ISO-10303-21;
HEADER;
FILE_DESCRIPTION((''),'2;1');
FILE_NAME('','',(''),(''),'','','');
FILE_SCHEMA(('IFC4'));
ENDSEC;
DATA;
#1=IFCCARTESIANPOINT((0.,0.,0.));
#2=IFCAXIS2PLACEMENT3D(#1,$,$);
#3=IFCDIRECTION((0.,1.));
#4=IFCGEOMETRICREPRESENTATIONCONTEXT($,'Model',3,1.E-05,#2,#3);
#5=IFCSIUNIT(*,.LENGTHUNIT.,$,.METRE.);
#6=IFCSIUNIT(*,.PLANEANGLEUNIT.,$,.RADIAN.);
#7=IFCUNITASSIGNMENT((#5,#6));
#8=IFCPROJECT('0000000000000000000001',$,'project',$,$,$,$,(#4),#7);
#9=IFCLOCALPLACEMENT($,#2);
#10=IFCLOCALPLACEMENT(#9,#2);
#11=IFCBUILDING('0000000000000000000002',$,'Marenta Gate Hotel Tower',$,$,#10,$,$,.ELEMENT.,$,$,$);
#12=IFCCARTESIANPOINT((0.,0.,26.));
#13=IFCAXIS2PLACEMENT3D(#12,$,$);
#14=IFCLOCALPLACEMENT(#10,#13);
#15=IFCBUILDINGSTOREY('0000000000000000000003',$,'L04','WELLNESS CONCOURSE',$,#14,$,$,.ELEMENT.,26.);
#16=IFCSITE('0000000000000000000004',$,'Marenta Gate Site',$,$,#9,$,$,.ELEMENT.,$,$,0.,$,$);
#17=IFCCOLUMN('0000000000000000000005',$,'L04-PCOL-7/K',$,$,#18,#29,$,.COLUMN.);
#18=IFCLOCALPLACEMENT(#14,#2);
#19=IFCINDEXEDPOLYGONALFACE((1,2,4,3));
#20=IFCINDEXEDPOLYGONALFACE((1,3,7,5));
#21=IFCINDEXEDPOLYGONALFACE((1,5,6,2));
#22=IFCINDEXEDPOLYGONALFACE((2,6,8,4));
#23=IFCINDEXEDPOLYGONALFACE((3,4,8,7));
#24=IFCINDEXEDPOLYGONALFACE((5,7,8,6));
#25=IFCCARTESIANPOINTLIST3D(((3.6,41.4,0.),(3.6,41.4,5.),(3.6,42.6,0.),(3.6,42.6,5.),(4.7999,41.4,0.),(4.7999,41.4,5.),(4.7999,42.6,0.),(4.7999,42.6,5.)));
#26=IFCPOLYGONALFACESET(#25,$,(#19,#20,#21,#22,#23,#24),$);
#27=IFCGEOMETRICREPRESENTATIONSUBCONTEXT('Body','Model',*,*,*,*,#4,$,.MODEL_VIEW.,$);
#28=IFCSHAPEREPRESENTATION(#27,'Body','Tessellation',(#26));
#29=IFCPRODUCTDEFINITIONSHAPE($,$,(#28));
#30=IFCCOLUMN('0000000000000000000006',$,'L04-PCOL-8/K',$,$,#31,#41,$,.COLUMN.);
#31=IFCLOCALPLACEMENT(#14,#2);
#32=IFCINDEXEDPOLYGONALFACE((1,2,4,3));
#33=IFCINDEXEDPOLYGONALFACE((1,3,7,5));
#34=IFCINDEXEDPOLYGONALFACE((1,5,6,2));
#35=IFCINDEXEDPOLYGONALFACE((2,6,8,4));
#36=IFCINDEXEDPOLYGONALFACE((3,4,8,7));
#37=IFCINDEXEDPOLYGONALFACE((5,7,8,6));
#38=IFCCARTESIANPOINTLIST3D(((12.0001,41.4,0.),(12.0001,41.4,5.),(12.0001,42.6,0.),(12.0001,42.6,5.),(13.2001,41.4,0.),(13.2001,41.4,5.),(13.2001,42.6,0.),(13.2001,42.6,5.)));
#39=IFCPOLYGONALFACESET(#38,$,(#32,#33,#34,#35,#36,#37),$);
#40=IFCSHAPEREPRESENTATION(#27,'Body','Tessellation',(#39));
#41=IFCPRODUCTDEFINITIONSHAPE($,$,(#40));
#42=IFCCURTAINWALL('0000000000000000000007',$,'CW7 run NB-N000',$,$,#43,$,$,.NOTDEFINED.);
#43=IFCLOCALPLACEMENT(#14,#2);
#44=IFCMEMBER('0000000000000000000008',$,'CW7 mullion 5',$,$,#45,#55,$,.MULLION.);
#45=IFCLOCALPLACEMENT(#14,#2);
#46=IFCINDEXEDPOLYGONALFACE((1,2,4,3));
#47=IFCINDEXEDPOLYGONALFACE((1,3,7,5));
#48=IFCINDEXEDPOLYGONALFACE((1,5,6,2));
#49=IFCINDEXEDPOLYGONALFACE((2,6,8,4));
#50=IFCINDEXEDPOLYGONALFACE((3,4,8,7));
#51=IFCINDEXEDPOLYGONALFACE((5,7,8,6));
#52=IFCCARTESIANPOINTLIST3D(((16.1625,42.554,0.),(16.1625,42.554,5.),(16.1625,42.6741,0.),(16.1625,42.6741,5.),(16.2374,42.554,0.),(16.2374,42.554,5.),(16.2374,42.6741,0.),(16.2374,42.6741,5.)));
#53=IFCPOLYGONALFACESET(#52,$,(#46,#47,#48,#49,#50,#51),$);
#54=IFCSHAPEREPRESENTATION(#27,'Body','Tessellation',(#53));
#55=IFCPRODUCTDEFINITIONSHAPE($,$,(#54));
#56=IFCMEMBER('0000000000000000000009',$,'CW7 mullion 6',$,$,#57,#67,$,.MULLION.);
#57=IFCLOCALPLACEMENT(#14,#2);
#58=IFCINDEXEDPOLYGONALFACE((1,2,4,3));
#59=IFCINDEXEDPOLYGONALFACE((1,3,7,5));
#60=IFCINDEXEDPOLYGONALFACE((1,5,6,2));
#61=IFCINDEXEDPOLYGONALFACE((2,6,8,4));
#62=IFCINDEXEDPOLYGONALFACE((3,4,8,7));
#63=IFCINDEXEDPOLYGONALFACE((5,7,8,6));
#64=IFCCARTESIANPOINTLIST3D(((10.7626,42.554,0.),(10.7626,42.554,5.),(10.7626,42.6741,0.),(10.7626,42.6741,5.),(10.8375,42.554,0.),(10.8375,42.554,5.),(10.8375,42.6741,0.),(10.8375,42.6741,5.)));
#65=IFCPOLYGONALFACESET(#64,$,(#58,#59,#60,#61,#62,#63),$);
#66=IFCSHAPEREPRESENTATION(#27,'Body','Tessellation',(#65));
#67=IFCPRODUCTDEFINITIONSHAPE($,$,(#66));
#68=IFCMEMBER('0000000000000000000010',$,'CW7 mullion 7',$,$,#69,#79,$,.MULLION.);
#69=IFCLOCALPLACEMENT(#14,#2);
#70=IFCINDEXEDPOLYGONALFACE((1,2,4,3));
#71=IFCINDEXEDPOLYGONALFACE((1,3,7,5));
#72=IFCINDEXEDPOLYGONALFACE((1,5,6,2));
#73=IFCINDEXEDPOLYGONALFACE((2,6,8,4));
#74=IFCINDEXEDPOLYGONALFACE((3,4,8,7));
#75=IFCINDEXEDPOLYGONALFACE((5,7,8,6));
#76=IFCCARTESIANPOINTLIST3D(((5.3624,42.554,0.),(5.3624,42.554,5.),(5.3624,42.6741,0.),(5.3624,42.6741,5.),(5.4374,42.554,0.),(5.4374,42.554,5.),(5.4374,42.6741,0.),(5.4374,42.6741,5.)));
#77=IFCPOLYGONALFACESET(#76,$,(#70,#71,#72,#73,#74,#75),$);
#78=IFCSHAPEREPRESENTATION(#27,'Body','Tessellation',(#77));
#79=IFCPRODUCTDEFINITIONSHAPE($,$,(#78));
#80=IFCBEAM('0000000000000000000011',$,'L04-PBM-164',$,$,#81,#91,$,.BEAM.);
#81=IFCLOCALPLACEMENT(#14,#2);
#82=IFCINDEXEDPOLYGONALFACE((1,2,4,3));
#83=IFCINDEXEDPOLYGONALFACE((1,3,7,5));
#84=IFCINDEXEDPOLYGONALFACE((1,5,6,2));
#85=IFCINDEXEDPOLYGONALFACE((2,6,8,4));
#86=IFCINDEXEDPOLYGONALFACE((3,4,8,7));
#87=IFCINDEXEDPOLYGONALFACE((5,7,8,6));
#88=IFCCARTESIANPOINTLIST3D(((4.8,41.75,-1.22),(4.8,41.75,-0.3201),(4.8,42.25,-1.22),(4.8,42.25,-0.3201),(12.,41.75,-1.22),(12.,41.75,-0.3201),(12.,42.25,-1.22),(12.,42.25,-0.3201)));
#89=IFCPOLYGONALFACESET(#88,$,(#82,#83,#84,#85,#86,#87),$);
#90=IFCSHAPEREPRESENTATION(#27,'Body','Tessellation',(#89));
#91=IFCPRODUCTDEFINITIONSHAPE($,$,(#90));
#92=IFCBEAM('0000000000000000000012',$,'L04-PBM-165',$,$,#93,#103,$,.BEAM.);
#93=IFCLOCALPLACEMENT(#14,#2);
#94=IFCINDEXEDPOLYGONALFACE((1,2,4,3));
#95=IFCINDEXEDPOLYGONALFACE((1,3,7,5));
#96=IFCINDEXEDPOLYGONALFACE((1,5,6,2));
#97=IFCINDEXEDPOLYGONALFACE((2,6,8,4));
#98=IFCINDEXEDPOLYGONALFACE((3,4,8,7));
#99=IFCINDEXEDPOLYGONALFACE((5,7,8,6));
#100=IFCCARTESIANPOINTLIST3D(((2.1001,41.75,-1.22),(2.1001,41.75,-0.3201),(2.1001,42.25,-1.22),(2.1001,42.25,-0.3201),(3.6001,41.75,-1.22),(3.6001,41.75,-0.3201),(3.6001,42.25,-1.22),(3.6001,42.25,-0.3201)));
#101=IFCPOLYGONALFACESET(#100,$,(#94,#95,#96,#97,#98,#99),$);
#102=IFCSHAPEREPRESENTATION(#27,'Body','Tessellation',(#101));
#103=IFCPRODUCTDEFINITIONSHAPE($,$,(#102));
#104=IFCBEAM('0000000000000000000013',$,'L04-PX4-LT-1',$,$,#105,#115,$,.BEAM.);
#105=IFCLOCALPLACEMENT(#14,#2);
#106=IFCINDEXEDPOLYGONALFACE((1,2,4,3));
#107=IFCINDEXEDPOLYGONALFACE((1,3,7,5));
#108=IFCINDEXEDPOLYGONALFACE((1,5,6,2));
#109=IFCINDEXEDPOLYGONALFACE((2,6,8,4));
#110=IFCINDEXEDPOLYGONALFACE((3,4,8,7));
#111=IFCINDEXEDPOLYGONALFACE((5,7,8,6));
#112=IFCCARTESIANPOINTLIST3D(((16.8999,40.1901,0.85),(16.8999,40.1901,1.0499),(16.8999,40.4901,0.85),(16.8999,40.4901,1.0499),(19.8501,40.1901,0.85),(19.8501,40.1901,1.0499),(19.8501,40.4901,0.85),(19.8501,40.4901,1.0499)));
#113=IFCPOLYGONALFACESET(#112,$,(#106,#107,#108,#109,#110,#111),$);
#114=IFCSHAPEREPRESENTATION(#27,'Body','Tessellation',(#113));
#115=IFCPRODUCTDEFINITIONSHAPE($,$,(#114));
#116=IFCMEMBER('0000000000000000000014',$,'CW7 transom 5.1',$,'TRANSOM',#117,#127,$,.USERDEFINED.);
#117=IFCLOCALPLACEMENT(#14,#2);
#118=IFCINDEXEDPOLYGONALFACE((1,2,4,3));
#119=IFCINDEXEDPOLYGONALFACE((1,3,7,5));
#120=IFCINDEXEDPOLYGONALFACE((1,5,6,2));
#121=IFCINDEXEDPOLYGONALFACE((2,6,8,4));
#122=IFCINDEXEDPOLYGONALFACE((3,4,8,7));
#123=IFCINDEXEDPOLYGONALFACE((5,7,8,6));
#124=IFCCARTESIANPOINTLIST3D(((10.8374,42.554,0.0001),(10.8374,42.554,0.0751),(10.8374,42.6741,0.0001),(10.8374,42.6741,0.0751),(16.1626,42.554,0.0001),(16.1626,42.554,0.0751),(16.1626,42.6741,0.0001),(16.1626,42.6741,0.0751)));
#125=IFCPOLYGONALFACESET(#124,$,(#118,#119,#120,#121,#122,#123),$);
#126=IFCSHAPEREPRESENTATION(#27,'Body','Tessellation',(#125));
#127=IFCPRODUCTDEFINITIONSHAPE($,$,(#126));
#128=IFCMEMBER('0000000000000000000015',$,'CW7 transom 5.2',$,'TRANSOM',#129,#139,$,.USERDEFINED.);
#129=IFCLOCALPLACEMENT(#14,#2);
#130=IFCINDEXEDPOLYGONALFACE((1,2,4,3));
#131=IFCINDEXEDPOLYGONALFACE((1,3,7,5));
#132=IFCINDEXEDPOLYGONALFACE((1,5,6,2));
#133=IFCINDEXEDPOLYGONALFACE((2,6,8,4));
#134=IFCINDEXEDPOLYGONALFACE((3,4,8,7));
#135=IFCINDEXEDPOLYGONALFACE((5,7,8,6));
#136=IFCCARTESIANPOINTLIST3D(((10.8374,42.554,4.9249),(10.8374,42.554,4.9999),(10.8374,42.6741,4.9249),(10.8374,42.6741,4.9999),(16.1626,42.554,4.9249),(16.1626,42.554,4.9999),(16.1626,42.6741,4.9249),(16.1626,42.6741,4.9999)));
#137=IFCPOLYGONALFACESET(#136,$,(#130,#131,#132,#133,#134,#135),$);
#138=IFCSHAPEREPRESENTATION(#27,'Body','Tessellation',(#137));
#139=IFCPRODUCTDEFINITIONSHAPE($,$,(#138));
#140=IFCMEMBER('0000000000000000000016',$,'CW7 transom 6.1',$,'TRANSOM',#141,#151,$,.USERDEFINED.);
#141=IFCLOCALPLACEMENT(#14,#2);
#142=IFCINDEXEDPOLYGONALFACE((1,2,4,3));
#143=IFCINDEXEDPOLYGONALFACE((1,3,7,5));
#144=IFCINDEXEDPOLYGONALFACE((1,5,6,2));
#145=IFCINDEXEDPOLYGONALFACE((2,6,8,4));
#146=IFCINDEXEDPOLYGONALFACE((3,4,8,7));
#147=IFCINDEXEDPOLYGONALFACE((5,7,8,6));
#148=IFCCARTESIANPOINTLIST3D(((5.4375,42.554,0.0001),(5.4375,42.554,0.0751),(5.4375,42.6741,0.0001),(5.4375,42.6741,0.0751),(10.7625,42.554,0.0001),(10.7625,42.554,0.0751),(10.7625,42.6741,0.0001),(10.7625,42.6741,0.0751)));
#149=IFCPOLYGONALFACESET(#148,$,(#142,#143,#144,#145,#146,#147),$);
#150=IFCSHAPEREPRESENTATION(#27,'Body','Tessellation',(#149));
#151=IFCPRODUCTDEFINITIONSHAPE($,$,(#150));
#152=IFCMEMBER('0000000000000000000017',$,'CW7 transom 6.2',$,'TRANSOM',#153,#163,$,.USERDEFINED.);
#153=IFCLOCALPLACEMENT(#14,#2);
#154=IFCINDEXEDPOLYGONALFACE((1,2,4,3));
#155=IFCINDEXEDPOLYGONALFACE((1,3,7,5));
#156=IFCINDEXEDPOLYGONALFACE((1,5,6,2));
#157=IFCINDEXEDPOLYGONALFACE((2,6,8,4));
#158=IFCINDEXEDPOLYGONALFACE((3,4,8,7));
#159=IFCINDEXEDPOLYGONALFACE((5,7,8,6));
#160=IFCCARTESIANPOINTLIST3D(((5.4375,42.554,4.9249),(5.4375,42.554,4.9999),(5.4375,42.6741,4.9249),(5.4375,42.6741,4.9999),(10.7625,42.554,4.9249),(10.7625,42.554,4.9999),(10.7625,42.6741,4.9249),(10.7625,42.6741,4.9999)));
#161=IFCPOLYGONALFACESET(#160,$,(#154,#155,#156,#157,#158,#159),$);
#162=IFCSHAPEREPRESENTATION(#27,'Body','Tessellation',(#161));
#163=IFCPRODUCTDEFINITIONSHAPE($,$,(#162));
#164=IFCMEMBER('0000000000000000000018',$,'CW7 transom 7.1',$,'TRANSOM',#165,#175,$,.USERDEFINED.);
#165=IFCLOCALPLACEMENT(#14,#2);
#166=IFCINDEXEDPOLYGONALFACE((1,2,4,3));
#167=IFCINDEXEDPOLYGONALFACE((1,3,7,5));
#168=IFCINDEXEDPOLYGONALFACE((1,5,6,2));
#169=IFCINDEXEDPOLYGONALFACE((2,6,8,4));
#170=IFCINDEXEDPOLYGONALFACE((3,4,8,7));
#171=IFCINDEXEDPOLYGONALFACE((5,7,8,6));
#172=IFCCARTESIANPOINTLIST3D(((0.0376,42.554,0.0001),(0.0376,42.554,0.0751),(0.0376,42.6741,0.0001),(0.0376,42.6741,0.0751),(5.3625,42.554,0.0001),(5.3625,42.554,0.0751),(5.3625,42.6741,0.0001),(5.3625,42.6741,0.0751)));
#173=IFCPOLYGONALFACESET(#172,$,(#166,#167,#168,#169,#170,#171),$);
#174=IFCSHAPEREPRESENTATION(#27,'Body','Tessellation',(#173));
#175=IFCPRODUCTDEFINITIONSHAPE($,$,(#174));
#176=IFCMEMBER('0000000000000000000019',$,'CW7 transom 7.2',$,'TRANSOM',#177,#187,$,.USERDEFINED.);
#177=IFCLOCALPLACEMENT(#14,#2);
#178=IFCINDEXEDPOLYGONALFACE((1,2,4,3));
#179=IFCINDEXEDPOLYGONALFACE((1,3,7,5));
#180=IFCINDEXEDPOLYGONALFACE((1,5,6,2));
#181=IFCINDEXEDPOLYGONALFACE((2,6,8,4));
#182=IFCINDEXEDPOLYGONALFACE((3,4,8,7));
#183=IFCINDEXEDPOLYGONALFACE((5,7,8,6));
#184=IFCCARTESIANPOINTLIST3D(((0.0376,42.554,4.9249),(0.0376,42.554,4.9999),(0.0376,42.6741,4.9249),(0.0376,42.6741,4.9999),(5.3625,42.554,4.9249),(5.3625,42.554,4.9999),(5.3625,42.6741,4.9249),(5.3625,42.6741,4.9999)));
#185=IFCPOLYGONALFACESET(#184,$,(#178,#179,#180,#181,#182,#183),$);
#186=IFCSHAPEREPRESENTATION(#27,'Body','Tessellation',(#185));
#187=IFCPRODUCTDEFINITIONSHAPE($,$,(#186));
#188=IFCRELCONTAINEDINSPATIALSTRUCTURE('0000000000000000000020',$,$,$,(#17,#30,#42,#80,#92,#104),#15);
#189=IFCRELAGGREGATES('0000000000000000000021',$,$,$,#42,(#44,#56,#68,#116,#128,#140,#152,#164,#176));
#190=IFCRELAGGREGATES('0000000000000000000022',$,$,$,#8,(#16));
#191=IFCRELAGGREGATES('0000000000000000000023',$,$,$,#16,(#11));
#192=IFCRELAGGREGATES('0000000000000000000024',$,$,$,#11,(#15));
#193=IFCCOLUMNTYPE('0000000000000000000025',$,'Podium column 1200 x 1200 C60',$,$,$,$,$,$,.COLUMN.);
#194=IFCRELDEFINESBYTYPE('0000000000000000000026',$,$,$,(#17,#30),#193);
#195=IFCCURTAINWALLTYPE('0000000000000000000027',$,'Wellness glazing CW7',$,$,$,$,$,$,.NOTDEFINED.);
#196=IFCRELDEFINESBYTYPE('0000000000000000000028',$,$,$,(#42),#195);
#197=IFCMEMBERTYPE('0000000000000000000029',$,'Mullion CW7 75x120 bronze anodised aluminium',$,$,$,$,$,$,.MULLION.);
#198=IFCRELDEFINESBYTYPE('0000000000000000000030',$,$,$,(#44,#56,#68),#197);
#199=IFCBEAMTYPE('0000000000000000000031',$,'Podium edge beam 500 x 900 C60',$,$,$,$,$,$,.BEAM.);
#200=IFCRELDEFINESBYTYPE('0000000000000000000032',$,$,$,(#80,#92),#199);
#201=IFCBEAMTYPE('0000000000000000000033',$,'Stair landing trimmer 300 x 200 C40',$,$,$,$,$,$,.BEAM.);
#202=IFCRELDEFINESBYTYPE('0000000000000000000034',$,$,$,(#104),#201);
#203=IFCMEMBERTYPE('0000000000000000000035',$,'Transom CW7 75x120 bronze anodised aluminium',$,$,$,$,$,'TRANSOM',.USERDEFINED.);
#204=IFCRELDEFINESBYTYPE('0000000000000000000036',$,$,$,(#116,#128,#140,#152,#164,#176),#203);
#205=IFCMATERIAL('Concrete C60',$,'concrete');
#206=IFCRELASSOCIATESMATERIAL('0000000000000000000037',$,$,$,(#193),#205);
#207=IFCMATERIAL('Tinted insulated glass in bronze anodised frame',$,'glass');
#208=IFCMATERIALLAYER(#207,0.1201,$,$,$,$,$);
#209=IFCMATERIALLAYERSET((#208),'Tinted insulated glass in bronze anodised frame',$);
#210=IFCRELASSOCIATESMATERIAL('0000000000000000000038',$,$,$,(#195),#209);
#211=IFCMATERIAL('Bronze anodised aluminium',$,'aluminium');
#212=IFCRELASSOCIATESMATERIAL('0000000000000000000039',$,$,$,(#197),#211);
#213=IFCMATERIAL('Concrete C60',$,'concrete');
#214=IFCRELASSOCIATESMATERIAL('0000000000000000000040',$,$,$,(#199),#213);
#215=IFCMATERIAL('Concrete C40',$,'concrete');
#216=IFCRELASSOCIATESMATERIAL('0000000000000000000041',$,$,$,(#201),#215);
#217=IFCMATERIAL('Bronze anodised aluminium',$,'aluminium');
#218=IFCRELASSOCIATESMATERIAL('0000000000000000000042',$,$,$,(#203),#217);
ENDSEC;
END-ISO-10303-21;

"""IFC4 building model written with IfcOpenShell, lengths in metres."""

from ifc_helpers import new_model, si_unit, direction, frame, origin, origin_2d, place, context, subcontext, project, spatial, rectangle, extrude, material, layer, layer_set, material_profile, profile_set, type_object, element, aggregate, save


model = new_model("IFC4")

# Units and contexts
model_context = context("Model", 3, precision=1e-05, world=origin(), true_north=direction((0.0, 1.0)))
body_context = subcontext(model_context, "Body", "Model", "MODEL_VIEW")
ifc_project = project(units=[si_unit("LENGTHUNIT", "METRE"), si_unit("PLANEANGLEUNIT", "RADIAN")], contexts=[model_context])

# Site, building, storey
site_placement = place(None, origin())
site = spatial("IfcSite", under=ifc_project, at=site_placement, Name="Marenta Gate Site", CompositionType="ELEMENT", RefElevation=0.0)
building_placement = place(site_placement, origin())
building = spatial("IfcBuilding", under=site, at=building_placement, Name="Marenta Gate Hotel Tower", CompositionType="ELEMENT")
storey_placement = place(building_placement, frame((0.0, 0.0, 26.0)))
storey = spatial("IfcBuildingStorey", under=building, at=storey_placement, Name="L04", Description="WELLNESS CONCOURSE", CompositionType="ELEMENT", Elevation=26.0)

# Columns
ifc_material_1 = material(Name="Concrete C60", Category="concrete")
ifc_material_profile_1 = material_profile(ifc_material_1, rectangle(XDim=1.2, YDim=1.2, at=origin_2d()), Name="1200 x 1200")
ifc_profile_set_1 = profile_set([ifc_material_profile_1], Name="Concrete C60")
column_type = type_object("IfcColumnType", Name="Podium column 1200 x 1200 C60", PredefinedType="COLUMN", material=ifc_profile_set_1)
for number, where, z_axis, x_axis, name in (
    (1, (4.2, 42.0, 0.0), (0.0, 0.0, 1.0), (1.0, 0.0, 0.0), "L04-PCOL-7/K"),
    (2, (12.6001, 42.0, 0.0), (0.0, 0.0, 1.0), (1.0, 0.0, 0.0), "L04-PCOL-8/K"),
):
    element("IfcColumn", number, at=place(storey_placement, frame(where, z_axis=z_axis, x_axis=x_axis)), inside=storey, type_object=column_type, Name=name, PredefinedType="COLUMN", context=body_context, shape_type="SweptSolid", body=[
        extrude(rectangle(XDim=1.2, YDim=1.2, at=origin_2d()), origin(), (0.0, 0.0, 1.0), 5.0),
    ])

# Curtain wall, members
ifc_material_2 = material(Name="Tinted insulated glass in bronze anodised frame", Category="glass")
ifc_layer_1 = layer(ifc_material_2, 0.1201)
ifc_layer_set_1 = layer_set([ifc_layer_1], Name="Tinted insulated glass in bronze anodised frame")
curtain_wall_type = type_object("IfcCurtainWallType", Name="Wellness glazing CW7", PredefinedType="NOTDEFINED", material=ifc_layer_set_1)
curtain_wall_placement = place(storey_placement, origin())
curtain_wall = element("IfcCurtainWall", 3, at=curtain_wall_placement, inside=storey, type_object=curtain_wall_type, Name="CW7 run NB-N000", PredefinedType="NOTDEFINED")
ifc_material_3 = material(Name="Bronze anodised aluminium", Category="aluminium")
ifc_material_profile_2 = material_profile(ifc_material_3, rectangle(XDim=0.1201, YDim=0.075, at=origin_2d()), Name="Mullion CW7 75x120 bronze anodised aluminium")
ifc_profile_set_2 = profile_set([ifc_material_profile_2], Name="Bronze anodised aluminium")
member_type_1 = type_object("IfcMemberType", Name="Mullion CW7 75x120 bronze anodised aluminium", PredefinedType="MULLION", material=ifc_profile_set_2)
member_1_placement = place(storey_placement, frame((16.2, 42.614, 0.0), z_axis=(0.0, 0.0, 1.0), x_axis=(0.0, -1.0, 0.0)))
member_1 = element("IfcMember", 4, at=member_1_placement, type_object=member_type_1, Name="CW7 mullion 5", PredefinedType="MULLION", context=body_context, shape_type="SweptSolid", body=[
    extrude(rectangle(XDim=0.1201, YDim=0.075, at=origin_2d()), origin(), (0.0, 0.0, 1.0), 5.0),
])
member_2_placement = place(storey_placement, frame((10.8, 42.614, 0.0), z_axis=(0.0, 0.0, 1.0), x_axis=(0.0, -1.0, 0.0)))
member_2 = element("IfcMember", 5, at=member_2_placement, type_object=member_type_1, Name="CW7 mullion 6", PredefinedType="MULLION", context=body_context, shape_type="SweptSolid", body=[
    extrude(rectangle(XDim=0.1201, YDim=0.075, at=origin_2d()), origin(), (0.0, 0.0, 1.0), 5.0),
])
member_3_placement = place(storey_placement, frame((5.3999, 42.614, 0.0), z_axis=(0.0, 0.0, 1.0), x_axis=(0.0, -1.0, 0.0)))
member_3 = element("IfcMember", 6, at=member_3_placement, type_object=member_type_1, Name="CW7 mullion 7", PredefinedType="MULLION", context=body_context, shape_type="SweptSolid", body=[
    extrude(rectangle(XDim=0.1201, YDim=0.075, at=origin_2d()), origin(), (0.0, 0.0, 1.0), 5.0),
])

# Beams
ifc_material_4 = material(Name="Concrete C60", Category="concrete")
ifc_material_profile_3 = material_profile(ifc_material_4, rectangle(XDim=0.5, YDim=0.8999, at=origin_2d()), Name="500 x 900")
ifc_profile_set_3 = profile_set([ifc_material_profile_3], Name="Concrete C60")
beam_type_1 = type_object("IfcBeamType", Name="Podium edge beam 500 x 900 C60", PredefinedType="BEAM", material=ifc_profile_set_3)
beam_1_placement = place(storey_placement, frame((12.0, 42.0, -0.77), z_axis=(-1.0, 0.0, 0.0), x_axis=(0.0, -1.0, 0.0)))
element("IfcBeam", 7, at=beam_1_placement, inside=storey, type_object=beam_type_1, Name="L04-PBM-164", PredefinedType="BEAM", context=body_context, shape_type="SweptSolid", body=[
    extrude(rectangle(XDim=0.5, YDim=0.8999, at=origin_2d()), origin(), (0.0, 0.0, 1.0), 7.2),
])
beam_2_placement = place(storey_placement, frame((3.6001, 42.0, -0.77), z_axis=(-1.0, 0.0, 0.0), x_axis=(0.0, -1.0, 0.0)))
element("IfcBeam", 8, at=beam_2_placement, inside=storey, type_object=beam_type_1, Name="L04-PBM-165", PredefinedType="BEAM", context=body_context, shape_type="SweptSolid", body=[
    extrude(rectangle(XDim=0.5, YDim=0.8999, at=origin_2d()), origin(), (0.0, 0.0, 1.0), 1.5),
])
ifc_material_5 = material(Name="Concrete C40", Category="concrete")
ifc_material_profile_4 = material_profile(ifc_material_5, rectangle(XDim=0.3, YDim=0.2, at=origin_2d()), Name="300 x 200")
ifc_profile_set_4 = profile_set([ifc_material_profile_4], Name="Concrete C40")
beam_type_2 = type_object("IfcBeamType", Name="Stair landing trimmer 300 x 200 C40", PredefinedType="BEAM", material=ifc_profile_set_4)
beam_3_placement = place(storey_placement, frame((16.8999, 40.3401, 0.95), z_axis=(1.0, 0.0, 0.0), x_axis=(0.0, 1.0, 0.0)))
element("IfcBeam", 9, at=beam_3_placement, inside=storey, type_object=beam_type_2, Name="L04-PX4-LT-1", PredefinedType="BEAM", context=body_context, shape_type="SweptSolid", body=[
    extrude(rectangle(XDim=0.3, YDim=0.2, at=origin_2d()), origin(), (0.0, 0.0, 1.0), 2.9502),
])

# Members
ifc_material_6 = material(Name="Bronze anodised aluminium", Category="aluminium")
ifc_material_profile_5 = material_profile(ifc_material_6, rectangle(XDim=0.1201, YDim=0.075, at=origin_2d()), Name="Transom CW7 75x120 bronze anodised aluminium")
ifc_profile_set_5 = profile_set([ifc_material_profile_5], Name="Bronze anodised aluminium")
member_type_2 = type_object("IfcMemberType", Name="Transom CW7 75x120 bronze anodised aluminium", ElementType="TRANSOM", PredefinedType="USERDEFINED", material=ifc_profile_set_5)
member_4_placement = place(storey_placement, frame((16.1626, 42.614, 0.0376), z_axis=(-1.0, 0.0, 0.0), x_axis=(0.0, -1.0, 0.0)))
member_4 = element("IfcMember", 10, at=member_4_placement, type_object=member_type_2, Name="CW7 transom 5.1", ObjectType="TRANSOM", PredefinedType="USERDEFINED", context=body_context, shape_type="SweptSolid", body=[
    extrude(rectangle(XDim=0.1201, YDim=0.075, at=origin_2d()), origin(), (0.0, 0.0, 1.0), 5.3252),
])
member_5_placement = place(storey_placement, frame((16.1626, 42.614, 4.9624), z_axis=(-1.0, 0.0, 0.0), x_axis=(0.0, -1.0, 0.0)))
member_5 = element("IfcMember", 11, at=member_5_placement, type_object=member_type_2, Name="CW7 transom 5.2", ObjectType="TRANSOM", PredefinedType="USERDEFINED", context=body_context, shape_type="SweptSolid", body=[
    extrude(rectangle(XDim=0.1201, YDim=0.075, at=origin_2d()), origin(), (0.0, 0.0, 1.0), 5.3252),
])
member_6_placement = place(storey_placement, frame((10.7625, 42.614, 0.0376), z_axis=(-1.0, 0.0, 0.0), x_axis=(0.0, -1.0, 0.0)))
member_6 = element("IfcMember", 12, at=member_6_placement, type_object=member_type_2, Name="CW7 transom 6.1", ObjectType="TRANSOM", PredefinedType="USERDEFINED", context=body_context, shape_type="SweptSolid", body=[
    extrude(rectangle(XDim=0.1201, YDim=0.075, at=origin_2d()), origin(), (0.0, 0.0, 1.0), 5.325),
])
member_7_placement = place(storey_placement, frame((10.7625, 42.614, 4.9624), z_axis=(-1.0, 0.0, 0.0), x_axis=(0.0, -1.0, 0.0)))
member_7 = element("IfcMember", 13, at=member_7_placement, type_object=member_type_2, Name="CW7 transom 6.2", ObjectType="TRANSOM", PredefinedType="USERDEFINED", context=body_context, shape_type="SweptSolid", body=[
    extrude(rectangle(XDim=0.1201, YDim=0.075, at=origin_2d()), origin(), (0.0, 0.0, 1.0), 5.325),
])
member_8_placement = place(storey_placement, frame((5.3625, 42.614, 0.0376), z_axis=(-1.0, 0.0, 0.0), x_axis=(0.0, -1.0, 0.0)))
member_8 = element("IfcMember", 14, at=member_8_placement, type_object=member_type_2, Name="CW7 transom 7.1", ObjectType="TRANSOM", PredefinedType="USERDEFINED", context=body_context, shape_type="SweptSolid", body=[
    extrude(rectangle(XDim=0.1201, YDim=0.075, at=origin_2d()), origin(), (0.0, 0.0, 1.0), 5.325),
])
member_9_placement = place(storey_placement, frame((5.3625, 42.614, 4.9624), z_axis=(-1.0, 0.0, 0.0), x_axis=(0.0, -1.0, 0.0)))
member_9 = element("IfcMember", 15, at=member_9_placement, type_object=member_type_2, Name="CW7 transom 7.2", ObjectType="TRANSOM", PredefinedType="USERDEFINED", context=body_context, shape_type="SweptSolid", body=[
    extrude(rectangle(XDim=0.1201, YDim=0.075, at=origin_2d()), origin(), (0.0, 0.0, 1.0), 5.325),
])

aggregate(curtain_wall, [member_1, member_2, member_3, member_4, member_5, member_6, member_7, member_8, member_9])

save(model, "model.ifc")
